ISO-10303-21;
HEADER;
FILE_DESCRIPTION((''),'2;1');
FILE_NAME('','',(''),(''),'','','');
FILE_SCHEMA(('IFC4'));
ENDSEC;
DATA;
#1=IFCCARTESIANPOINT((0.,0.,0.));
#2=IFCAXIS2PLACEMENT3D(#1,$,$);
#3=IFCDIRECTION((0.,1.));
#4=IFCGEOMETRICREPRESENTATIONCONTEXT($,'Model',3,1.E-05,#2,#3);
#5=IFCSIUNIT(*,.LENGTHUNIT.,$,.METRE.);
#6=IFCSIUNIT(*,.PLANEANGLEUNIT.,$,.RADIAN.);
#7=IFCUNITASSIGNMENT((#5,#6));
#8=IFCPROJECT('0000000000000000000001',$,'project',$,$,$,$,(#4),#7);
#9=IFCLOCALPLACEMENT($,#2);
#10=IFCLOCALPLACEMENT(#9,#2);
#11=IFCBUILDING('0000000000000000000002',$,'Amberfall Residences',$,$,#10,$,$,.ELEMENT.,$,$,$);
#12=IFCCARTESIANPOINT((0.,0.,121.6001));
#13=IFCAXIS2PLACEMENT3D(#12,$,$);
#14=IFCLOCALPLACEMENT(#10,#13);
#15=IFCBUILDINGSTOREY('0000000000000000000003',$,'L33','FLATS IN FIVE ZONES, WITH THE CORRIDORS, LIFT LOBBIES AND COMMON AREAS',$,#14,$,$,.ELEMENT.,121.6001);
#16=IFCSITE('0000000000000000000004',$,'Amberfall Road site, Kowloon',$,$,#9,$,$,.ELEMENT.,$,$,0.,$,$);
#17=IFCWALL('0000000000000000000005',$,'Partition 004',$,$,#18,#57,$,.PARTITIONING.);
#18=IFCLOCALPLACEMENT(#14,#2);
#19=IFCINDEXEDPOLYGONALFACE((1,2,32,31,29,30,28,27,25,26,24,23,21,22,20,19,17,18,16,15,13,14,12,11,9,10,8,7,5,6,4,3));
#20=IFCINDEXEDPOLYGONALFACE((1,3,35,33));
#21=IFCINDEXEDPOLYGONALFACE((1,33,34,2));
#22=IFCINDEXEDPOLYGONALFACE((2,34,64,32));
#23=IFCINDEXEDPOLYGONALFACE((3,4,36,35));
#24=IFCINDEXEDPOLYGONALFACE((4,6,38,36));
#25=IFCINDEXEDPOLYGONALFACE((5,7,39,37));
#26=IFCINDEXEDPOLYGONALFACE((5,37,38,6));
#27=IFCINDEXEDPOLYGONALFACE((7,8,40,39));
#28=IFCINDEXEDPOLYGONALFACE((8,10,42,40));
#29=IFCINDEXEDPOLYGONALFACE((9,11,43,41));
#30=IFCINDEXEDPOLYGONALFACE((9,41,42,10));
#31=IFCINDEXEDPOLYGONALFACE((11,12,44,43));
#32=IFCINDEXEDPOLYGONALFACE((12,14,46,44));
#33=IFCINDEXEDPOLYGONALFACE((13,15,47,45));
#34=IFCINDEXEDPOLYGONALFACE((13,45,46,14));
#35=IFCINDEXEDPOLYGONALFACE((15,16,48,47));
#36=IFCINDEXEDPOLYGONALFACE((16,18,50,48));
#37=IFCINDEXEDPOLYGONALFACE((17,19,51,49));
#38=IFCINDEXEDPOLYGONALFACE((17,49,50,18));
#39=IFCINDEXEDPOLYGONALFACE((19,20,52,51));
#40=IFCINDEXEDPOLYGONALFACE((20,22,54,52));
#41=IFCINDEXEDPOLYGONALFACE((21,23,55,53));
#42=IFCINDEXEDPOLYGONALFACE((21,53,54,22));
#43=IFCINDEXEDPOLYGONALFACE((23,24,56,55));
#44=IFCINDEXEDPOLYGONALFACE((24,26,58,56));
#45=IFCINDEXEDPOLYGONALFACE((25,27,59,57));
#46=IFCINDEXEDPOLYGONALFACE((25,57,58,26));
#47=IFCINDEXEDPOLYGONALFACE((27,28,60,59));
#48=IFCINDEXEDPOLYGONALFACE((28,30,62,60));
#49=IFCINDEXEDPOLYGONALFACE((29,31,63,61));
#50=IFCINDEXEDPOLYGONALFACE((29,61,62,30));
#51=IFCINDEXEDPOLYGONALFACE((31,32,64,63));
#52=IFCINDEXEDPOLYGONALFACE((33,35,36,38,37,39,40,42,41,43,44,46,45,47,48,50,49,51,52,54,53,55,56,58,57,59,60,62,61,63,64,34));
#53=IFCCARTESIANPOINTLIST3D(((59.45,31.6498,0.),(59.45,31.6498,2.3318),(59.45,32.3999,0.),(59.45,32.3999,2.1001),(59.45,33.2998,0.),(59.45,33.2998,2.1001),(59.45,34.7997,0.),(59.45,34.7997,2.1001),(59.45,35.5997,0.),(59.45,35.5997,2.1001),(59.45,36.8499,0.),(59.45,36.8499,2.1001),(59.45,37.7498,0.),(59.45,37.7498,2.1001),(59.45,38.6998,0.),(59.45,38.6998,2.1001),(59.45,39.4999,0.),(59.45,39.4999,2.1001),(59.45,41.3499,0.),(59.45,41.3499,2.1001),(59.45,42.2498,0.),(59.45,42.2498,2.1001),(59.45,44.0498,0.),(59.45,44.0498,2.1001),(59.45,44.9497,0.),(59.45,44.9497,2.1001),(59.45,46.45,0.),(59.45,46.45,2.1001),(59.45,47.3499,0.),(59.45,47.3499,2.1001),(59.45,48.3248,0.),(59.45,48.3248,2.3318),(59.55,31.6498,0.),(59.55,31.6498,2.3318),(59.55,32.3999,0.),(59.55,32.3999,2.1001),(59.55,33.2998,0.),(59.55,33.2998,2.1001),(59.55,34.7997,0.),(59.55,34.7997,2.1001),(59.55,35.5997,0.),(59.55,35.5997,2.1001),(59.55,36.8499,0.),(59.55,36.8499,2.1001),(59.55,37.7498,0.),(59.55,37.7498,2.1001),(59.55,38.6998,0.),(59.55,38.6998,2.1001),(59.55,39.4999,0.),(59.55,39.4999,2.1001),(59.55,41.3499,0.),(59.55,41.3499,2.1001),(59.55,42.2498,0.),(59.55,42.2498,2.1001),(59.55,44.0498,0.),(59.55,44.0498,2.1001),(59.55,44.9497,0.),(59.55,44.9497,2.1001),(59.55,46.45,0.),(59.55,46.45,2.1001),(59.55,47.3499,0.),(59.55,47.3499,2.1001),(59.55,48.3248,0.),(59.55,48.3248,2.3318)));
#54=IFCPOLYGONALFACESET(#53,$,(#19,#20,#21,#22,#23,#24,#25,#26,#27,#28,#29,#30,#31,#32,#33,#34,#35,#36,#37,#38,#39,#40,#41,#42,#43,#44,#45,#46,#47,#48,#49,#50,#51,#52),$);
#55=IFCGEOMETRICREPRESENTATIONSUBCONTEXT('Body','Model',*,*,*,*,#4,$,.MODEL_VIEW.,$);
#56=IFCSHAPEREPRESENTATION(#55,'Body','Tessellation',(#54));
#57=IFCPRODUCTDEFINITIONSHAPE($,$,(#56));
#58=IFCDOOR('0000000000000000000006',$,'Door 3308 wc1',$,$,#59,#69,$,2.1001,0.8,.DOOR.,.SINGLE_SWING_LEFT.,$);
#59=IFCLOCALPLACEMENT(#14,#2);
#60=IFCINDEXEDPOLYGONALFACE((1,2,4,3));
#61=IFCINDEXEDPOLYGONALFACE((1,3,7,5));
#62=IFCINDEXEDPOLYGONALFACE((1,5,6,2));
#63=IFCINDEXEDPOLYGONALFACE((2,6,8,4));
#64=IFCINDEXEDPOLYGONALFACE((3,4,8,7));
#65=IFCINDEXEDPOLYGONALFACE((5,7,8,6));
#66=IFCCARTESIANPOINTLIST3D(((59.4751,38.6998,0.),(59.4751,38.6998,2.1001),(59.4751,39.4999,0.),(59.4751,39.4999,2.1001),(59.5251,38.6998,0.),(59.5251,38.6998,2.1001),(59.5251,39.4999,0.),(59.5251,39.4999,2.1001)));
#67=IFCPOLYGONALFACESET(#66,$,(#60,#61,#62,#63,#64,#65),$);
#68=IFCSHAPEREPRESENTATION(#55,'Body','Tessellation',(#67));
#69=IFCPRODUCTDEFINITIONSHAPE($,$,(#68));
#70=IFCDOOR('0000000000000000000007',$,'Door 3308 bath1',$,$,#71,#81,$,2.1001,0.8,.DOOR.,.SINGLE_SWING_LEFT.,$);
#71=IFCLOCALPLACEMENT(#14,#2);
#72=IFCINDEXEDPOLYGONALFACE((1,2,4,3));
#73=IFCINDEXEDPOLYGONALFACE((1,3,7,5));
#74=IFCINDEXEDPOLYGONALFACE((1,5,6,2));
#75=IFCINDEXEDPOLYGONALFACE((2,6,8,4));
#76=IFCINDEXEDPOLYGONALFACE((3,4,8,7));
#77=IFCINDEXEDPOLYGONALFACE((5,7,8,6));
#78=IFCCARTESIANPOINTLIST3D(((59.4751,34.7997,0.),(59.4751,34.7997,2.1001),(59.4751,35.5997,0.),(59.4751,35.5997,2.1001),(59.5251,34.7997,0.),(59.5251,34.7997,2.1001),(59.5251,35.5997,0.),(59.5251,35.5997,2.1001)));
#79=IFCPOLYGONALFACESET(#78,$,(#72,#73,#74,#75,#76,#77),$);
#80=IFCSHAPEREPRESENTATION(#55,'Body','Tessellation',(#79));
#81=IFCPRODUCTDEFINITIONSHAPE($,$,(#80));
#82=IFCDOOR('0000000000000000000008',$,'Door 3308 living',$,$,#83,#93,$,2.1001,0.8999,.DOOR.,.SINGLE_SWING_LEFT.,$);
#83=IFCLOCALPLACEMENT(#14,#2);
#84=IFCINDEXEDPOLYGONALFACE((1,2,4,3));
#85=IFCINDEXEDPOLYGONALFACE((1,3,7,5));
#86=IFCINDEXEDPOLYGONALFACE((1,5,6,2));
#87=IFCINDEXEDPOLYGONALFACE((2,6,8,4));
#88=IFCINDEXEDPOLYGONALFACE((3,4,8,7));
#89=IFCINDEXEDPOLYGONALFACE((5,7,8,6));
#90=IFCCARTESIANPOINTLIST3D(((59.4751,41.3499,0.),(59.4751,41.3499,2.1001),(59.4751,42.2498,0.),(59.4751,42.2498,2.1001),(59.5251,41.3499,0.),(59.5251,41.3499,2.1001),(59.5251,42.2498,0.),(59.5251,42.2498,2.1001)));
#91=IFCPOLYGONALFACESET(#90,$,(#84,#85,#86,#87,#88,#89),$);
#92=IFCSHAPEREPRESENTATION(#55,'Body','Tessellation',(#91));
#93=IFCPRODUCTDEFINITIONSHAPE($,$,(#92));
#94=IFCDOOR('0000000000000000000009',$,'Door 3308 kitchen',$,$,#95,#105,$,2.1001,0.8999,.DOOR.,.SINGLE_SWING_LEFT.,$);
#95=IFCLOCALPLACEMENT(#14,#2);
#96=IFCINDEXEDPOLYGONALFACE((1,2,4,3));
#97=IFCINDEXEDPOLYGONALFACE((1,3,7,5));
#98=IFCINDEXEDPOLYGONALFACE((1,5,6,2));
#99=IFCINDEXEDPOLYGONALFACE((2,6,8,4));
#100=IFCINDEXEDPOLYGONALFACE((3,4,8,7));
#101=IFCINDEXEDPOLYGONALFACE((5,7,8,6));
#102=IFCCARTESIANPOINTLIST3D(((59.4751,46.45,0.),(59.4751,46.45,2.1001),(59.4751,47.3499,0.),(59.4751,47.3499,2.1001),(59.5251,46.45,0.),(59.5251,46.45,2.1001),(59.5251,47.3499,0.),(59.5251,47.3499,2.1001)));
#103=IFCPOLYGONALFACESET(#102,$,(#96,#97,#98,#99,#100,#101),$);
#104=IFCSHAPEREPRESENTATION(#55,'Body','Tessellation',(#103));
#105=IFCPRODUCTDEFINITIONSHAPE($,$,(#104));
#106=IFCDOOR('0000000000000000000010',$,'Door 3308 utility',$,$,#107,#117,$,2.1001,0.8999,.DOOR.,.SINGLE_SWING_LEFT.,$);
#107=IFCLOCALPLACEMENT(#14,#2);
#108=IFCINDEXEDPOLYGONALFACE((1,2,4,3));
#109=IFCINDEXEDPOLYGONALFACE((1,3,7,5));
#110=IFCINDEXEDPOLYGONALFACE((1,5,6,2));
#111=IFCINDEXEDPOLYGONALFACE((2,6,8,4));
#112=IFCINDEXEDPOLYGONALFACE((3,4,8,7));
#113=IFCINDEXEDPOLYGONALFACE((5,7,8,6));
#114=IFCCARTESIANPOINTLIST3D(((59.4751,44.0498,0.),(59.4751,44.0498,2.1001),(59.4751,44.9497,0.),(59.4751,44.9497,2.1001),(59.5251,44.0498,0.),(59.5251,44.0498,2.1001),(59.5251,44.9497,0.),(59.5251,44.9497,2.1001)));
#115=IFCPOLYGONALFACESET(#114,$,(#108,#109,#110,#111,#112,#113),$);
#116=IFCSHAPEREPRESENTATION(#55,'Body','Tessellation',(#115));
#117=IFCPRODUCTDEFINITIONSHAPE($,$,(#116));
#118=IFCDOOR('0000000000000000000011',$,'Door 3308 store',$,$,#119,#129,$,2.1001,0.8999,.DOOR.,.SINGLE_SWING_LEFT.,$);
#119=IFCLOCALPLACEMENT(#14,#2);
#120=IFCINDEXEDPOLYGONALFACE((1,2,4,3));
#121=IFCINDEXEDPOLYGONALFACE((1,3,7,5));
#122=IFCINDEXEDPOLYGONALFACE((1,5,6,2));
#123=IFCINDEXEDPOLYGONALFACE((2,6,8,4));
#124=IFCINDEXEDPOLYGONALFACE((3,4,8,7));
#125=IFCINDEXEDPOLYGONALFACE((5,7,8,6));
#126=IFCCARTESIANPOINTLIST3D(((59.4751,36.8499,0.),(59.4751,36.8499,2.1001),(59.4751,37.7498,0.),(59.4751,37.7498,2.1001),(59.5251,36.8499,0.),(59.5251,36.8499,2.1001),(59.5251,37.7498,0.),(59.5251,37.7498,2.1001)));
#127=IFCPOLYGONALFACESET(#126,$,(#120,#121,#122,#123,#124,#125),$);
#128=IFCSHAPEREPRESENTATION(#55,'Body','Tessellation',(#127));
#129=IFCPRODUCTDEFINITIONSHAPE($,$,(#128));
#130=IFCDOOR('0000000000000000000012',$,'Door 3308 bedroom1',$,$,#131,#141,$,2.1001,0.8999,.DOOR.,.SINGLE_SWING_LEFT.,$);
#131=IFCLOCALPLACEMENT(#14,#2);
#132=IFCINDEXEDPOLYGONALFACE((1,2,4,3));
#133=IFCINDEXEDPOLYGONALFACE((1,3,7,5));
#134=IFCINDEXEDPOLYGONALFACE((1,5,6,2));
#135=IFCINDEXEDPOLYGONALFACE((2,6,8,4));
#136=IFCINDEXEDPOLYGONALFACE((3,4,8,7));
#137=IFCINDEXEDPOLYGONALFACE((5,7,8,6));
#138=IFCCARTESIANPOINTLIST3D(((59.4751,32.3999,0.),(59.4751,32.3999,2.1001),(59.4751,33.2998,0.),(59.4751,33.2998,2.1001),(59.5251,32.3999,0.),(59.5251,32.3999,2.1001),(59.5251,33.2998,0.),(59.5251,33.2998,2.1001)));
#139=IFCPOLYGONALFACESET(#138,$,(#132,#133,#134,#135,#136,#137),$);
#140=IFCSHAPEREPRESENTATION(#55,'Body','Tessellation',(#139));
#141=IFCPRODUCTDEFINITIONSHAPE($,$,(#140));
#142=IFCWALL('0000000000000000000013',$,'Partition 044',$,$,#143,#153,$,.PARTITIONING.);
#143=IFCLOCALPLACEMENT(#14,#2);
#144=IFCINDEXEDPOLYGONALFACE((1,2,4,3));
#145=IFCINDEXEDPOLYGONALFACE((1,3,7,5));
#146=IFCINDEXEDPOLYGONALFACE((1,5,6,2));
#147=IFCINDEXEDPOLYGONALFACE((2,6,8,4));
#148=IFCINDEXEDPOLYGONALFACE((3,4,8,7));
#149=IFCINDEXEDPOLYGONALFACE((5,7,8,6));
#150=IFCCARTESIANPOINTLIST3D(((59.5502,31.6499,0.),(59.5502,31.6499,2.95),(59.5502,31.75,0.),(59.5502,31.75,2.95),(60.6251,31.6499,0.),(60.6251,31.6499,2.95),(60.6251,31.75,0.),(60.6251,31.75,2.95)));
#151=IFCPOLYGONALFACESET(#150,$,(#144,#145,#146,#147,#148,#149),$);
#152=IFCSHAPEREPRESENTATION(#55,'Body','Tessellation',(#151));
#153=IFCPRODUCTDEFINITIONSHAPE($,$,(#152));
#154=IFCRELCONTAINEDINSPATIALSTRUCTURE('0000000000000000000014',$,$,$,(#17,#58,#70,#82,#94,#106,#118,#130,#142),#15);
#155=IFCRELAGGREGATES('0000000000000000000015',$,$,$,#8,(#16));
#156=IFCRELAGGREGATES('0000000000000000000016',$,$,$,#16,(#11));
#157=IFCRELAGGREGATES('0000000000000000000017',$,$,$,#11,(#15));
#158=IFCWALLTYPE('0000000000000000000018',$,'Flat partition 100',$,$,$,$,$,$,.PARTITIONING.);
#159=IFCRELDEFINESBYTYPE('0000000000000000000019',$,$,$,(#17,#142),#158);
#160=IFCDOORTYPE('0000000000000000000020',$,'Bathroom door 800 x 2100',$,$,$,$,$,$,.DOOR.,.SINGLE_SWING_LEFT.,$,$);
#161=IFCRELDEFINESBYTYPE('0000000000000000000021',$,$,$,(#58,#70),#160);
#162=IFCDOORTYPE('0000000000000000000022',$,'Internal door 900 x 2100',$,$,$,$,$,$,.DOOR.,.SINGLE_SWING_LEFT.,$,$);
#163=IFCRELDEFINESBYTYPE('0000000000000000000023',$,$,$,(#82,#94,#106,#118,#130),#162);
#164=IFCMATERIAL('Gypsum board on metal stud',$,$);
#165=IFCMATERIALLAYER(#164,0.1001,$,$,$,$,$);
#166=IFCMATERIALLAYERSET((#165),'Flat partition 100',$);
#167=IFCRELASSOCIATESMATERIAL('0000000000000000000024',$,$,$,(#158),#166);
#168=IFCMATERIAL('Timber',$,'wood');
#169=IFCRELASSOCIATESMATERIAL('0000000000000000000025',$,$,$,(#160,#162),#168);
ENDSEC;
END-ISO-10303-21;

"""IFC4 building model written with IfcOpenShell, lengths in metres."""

from ifc_helpers import new_model, si_unit, direction, frame, frame_2d, origin, place, context, subcontext, project, spatial, rectangle, extrude, material, layer, layer_set, type_object, element, fill, save


model = new_model("IFC4")

# Units and contexts
model_context = context("Model", 3, precision=1e-05, world=origin(), true_north=direction((0.0, 1.0)))
body_context = subcontext(model_context, "Body", "Model", "MODEL_VIEW")
ifc_project = project(units=[si_unit("LENGTHUNIT", "METRE"), si_unit("PLANEANGLEUNIT", "RADIAN")], contexts=[model_context])

# Site, building, storey
site_placement = place(None, origin())
site = spatial("IfcSite", under=ifc_project, at=site_placement, Name="Amberfall Road site, Kowloon", CompositionType="ELEMENT", RefElevation=0.0)
building_placement = place(site_placement, origin())
building = spatial("IfcBuilding", under=site, at=building_placement, Name="Amberfall Residences", CompositionType="ELEMENT")
storey_placement = place(building_placement, frame((0.0, 0.0, 121.6001)))
storey = spatial("IfcBuildingStorey", under=building, at=storey_placement, Name="L33", Description="FLATS IN FIVE ZONES, WITH THE CORRIDORS, LIFT LOBBIES AND COMMON AREAS", CompositionType="ELEMENT", Elevation=121.6001)

# Wall, openings, doors
ifc_material_1 = material(Name="Gypsum board on metal stud")
ifc_layer_1 = layer(ifc_material_1, 0.1001)
ifc_layer_set_1 = layer_set([ifc_layer_1], Name="Flat partition 100")
wall_type_1 = type_object("IfcWallType", Name="Flat partition 100", PredefinedType="PARTITIONING", material=ifc_layer_set_1)
wall_1_placement = place(storey_placement, frame((59.5, 31.6499, 0.0), z_axis=(0.0, 0.0, 1.0), x_axis=(0.0, 1.0, 0.0)))
wall_1 = element("IfcWall", 1, at=wall_1_placement, inside=storey, type_object=wall_type_1, Name="Partition 004", PredefinedType="PARTITIONING", context=body_context, shape_type="SweptSolid", body=[
    extrude(rectangle(XDim=16.675, YDim=0.1001, at=frame_2d((8.3374, 0.0))), origin(), (0.0, 0.0, 1.0), 2.3318),
])
opening_1_placement = place(wall_1_placement, frame((9.7, 0.0, 0.0)))
opening_1 = element("IfcOpeningElement", 2, at=opening_1_placement, cuts=wall_1, PredefinedType="OPENING", context=body_context, shape_type="SweptSolid", body=[
    extrude(rectangle(XDim=0.8999, YDim=2.1001, at=frame_2d((0.45, 1.05))), frame((0.0, 0.0601, 0.0), z_axis=(0.0, -1.0, 0.0), x_axis=(1.0, 0.0, 0.0)), (0.0, 0.0, 1.0), 0.1201),
])
opening_2_placement = place(wall_1_placement, frame((14.8, 0.0, 0.0)))
opening_2 = element("IfcOpeningElement", 3, at=opening_2_placement, cuts=wall_1, PredefinedType="OPENING", context=body_context, shape_type="SweptSolid", body=[
    extrude(rectangle(XDim=0.8999, YDim=2.1001, at=frame_2d((0.45, 1.05))), frame((0.0, 0.0601, 0.0), z_axis=(0.0, -1.0, 0.0), x_axis=(1.0, 0.0, 0.0)), (0.0, 0.0, 1.0), 0.1201),
])
opening_3_placement = place(wall_1_placement, frame((12.3999, 0.0, 0.0)))
opening_3 = element("IfcOpeningElement", 4, at=opening_3_placement, cuts=wall_1, PredefinedType="OPENING", context=body_context, shape_type="SweptSolid", body=[
    extrude(rectangle(XDim=0.8999, YDim=2.1001, at=frame_2d((0.45, 1.05))), frame((0.0, 0.0601, 0.0), z_axis=(0.0, -1.0, 0.0), x_axis=(1.0, 0.0, 0.0)), (0.0, 0.0, 1.0), 0.1201),
])
opening_4_placement = place(wall_1_placement, frame((5.2, 0.0, 0.0)))
opening_4 = element("IfcOpeningElement", 5, at=opening_4_placement, cuts=wall_1, PredefinedType="OPENING", context=body_context, shape_type="SweptSolid", body=[
    extrude(rectangle(XDim=0.8999, YDim=2.1001, at=frame_2d((0.45, 1.05))), frame((0.0, 0.0601, 0.0), z_axis=(0.0, -1.0, 0.0), x_axis=(1.0, 0.0, 0.0)), (0.0, 0.0, 1.0), 0.1201),
])
opening_5_placement = place(wall_1_placement, frame((7.05, 0.0, 0.0)))
opening_5 = element("IfcOpeningElement", 6, at=opening_5_placement, cuts=wall_1, PredefinedType="OPENING", context=body_context, shape_type="SweptSolid", body=[
    extrude(rectangle(XDim=0.8, YDim=2.1001, at=frame_2d((0.3999, 1.05))), frame((0.0, 0.0601, 0.0), z_axis=(0.0, -1.0, 0.0), x_axis=(1.0, 0.0, 0.0)), (0.0, 0.0, 1.0), 0.1201),
])
opening_6_placement = place(wall_1_placement, frame((0.75, 0.0, 0.0)))
opening_6 = element("IfcOpeningElement", 7, at=opening_6_placement, cuts=wall_1, PredefinedType="OPENING", context=body_context, shape_type="SweptSolid", body=[
    extrude(rectangle(XDim=0.8999, YDim=2.1001, at=frame_2d((0.45, 1.05))), frame((0.0, 0.0601, 0.0), z_axis=(0.0, -1.0, 0.0), x_axis=(1.0, 0.0, 0.0)), (0.0, 0.0, 1.0), 0.1201),
])
opening_7_placement = place(wall_1_placement, frame((3.1499, 0.0, 0.0)))
opening_7 = element("IfcOpeningElement", 8, at=opening_7_placement, cuts=wall_1, PredefinedType="OPENING", context=body_context, shape_type="SweptSolid", body=[
    extrude(rectangle(XDim=0.8, YDim=2.1001, at=frame_2d((0.3999, 1.05))), frame((0.0, 0.0601, 0.0), z_axis=(0.0, -1.0, 0.0), x_axis=(1.0, 0.0, 0.0)), (0.0, 0.0, 1.0), 0.1201),
])
ifc_material_2 = material(Name="Timber", Category="wood")
door_type_1 = type_object("IfcDoorType", Name="Bathroom door 800 x 2100", OperationType="SINGLE_SWING_LEFT", PredefinedType="DOOR", material=ifc_material_2)
door_1_placement = place(opening_5_placement, origin())
door_1 = element("IfcDoor", 9, at=door_1_placement, inside=storey, type_object=door_type_1, Name="Door 3308 wc1", OperationType="SINGLE_SWING_LEFT", OverallHeight=2.1001, OverallWidth=0.8, PredefinedType="DOOR", context=body_context, shape_type="SweptSolid", body=[
    extrude(rectangle(XDim=0.8, YDim=2.1001, at=frame_2d((0.3999, 1.05))), frame((0.0, 0.0249, 0.0), z_axis=(0.0, -1.0, 0.0), x_axis=(1.0, 0.0, 0.0)), (0.0, 0.0, 1.0), 0.05),
])
fill(opening_5, door_1)
door_2_placement = place(opening_7_placement, origin())
door_2 = element("IfcDoor", 10, at=door_2_placement, inside=storey, type_object=door_type_1, Name="Door 3308 bath1", OperationType="SINGLE_SWING_LEFT", OverallHeight=2.1001, OverallWidth=0.8, PredefinedType="DOOR", context=body_context, shape_type="SweptSolid", body=[
    extrude(rectangle(XDim=0.8, YDim=2.1001, at=frame_2d((0.3999, 1.05))), frame((0.0, 0.0249, 0.0), z_axis=(0.0, -1.0, 0.0), x_axis=(1.0, 0.0, 0.0)), (0.0, 0.0, 1.0), 0.05),
])
fill(opening_7, door_2)
door_type_2 = type_object("IfcDoorType", Name="Internal door 900 x 2100", OperationType="SINGLE_SWING_LEFT", PredefinedType="DOOR", material=ifc_material_2)
door_3_placement = place(opening_1_placement, origin())
door_3 = element("IfcDoor", 11, at=door_3_placement, inside=storey, type_object=door_type_2, Name="Door 3308 living", OperationType="SINGLE_SWING_LEFT", OverallHeight=2.1001, OverallWidth=0.8999, PredefinedType="DOOR", context=body_context, shape_type="SweptSolid", body=[
    extrude(rectangle(XDim=0.8999, YDim=2.1001, at=frame_2d((0.45, 1.05))), frame((0.0, 0.0249, 0.0), z_axis=(0.0, -1.0, 0.0), x_axis=(1.0, 0.0, 0.0)), (0.0, 0.0, 1.0), 0.05),
])
fill(opening_1, door_3)
door_4_placement = place(opening_2_placement, origin())
door_4 = element("IfcDoor", 12, at=door_4_placement, inside=storey, type_object=door_type_2, Name="Door 3308 kitchen", OperationType="SINGLE_SWING_LEFT", OverallHeight=2.1001, OverallWidth=0.8999, PredefinedType="DOOR", context=body_context, shape_type="SweptSolid", body=[
    extrude(rectangle(XDim=0.8999, YDim=2.1001, at=frame_2d((0.45, 1.05))), frame((0.0, 0.0249, 0.0), z_axis=(0.0, -1.0, 0.0), x_axis=(1.0, 0.0, 0.0)), (0.0, 0.0, 1.0), 0.05),
])
fill(opening_2, door_4)
door_5_placement = place(opening_3_placement, origin())
door_5 = element("IfcDoor", 13, at=door_5_placement, inside=storey, type_object=door_type_2, Name="Door 3308 utility", OperationType="SINGLE_SWING_LEFT", OverallHeight=2.1001, OverallWidth=0.8999, PredefinedType="DOOR", context=body_context, shape_type="SweptSolid", body=[
    extrude(rectangle(XDim=0.8999, YDim=2.1001, at=frame_2d((0.45, 1.05))), frame((0.0, 0.0249, 0.0), z_axis=(0.0, -1.0, 0.0), x_axis=(1.0, 0.0, 0.0)), (0.0, 0.0, 1.0), 0.05),
])
fill(opening_3, door_5)
door_6_placement = place(opening_4_placement, origin())
door_6 = element("IfcDoor", 14, at=door_6_placement, inside=storey, type_object=door_type_2, Name="Door 3308 store", OperationType="SINGLE_SWING_LEFT", OverallHeight=2.1001, OverallWidth=0.8999, PredefinedType="DOOR", context=body_context, shape_type="SweptSolid", body=[
    extrude(rectangle(XDim=0.8999, YDim=2.1001, at=frame_2d((0.45, 1.05))), frame((0.0, 0.0249, 0.0), z_axis=(0.0, -1.0, 0.0), x_axis=(1.0, 0.0, 0.0)), (0.0, 0.0, 1.0), 0.05),
])
fill(opening_4, door_6)
door_7_placement = place(opening_6_placement, origin())
door_7 = element("IfcDoor", 15, at=door_7_placement, inside=storey, type_object=door_type_2, Name="Door 3308 bedroom1", OperationType="SINGLE_SWING_LEFT", OverallHeight=2.1001, OverallWidth=0.8999, PredefinedType="DOOR", context=body_context, shape_type="SweptSolid", body=[
    extrude(rectangle(XDim=0.8999, YDim=2.1001, at=frame_2d((0.45, 1.05))), frame((0.0, 0.0249, 0.0), z_axis=(0.0, -1.0, 0.0), x_axis=(1.0, 0.0, 0.0)), (0.0, 0.0, 1.0), 0.05),
])
fill(opening_6, door_7)

# Wall
wall_2_placement = place(storey_placement, frame((59.55, 31.7, 0.0), z_axis=(0.0, 0.0, 1.0), x_axis=(1.0, 0.0, 0.0)))
element("IfcWall", 16, at=wall_2_placement, inside=storey, type_object=wall_type_1, Name="Partition 044", PredefinedType="PARTITIONING", context=body_context, shape_type="SweptSolid", body=[
    extrude(rectangle(XDim=1.075, YDim=0.1001, at=frame_2d((0.5376, 0.0))), origin(), (0.0, 0.0, 1.0), 2.95),
])

save(model, "model.ifc")
